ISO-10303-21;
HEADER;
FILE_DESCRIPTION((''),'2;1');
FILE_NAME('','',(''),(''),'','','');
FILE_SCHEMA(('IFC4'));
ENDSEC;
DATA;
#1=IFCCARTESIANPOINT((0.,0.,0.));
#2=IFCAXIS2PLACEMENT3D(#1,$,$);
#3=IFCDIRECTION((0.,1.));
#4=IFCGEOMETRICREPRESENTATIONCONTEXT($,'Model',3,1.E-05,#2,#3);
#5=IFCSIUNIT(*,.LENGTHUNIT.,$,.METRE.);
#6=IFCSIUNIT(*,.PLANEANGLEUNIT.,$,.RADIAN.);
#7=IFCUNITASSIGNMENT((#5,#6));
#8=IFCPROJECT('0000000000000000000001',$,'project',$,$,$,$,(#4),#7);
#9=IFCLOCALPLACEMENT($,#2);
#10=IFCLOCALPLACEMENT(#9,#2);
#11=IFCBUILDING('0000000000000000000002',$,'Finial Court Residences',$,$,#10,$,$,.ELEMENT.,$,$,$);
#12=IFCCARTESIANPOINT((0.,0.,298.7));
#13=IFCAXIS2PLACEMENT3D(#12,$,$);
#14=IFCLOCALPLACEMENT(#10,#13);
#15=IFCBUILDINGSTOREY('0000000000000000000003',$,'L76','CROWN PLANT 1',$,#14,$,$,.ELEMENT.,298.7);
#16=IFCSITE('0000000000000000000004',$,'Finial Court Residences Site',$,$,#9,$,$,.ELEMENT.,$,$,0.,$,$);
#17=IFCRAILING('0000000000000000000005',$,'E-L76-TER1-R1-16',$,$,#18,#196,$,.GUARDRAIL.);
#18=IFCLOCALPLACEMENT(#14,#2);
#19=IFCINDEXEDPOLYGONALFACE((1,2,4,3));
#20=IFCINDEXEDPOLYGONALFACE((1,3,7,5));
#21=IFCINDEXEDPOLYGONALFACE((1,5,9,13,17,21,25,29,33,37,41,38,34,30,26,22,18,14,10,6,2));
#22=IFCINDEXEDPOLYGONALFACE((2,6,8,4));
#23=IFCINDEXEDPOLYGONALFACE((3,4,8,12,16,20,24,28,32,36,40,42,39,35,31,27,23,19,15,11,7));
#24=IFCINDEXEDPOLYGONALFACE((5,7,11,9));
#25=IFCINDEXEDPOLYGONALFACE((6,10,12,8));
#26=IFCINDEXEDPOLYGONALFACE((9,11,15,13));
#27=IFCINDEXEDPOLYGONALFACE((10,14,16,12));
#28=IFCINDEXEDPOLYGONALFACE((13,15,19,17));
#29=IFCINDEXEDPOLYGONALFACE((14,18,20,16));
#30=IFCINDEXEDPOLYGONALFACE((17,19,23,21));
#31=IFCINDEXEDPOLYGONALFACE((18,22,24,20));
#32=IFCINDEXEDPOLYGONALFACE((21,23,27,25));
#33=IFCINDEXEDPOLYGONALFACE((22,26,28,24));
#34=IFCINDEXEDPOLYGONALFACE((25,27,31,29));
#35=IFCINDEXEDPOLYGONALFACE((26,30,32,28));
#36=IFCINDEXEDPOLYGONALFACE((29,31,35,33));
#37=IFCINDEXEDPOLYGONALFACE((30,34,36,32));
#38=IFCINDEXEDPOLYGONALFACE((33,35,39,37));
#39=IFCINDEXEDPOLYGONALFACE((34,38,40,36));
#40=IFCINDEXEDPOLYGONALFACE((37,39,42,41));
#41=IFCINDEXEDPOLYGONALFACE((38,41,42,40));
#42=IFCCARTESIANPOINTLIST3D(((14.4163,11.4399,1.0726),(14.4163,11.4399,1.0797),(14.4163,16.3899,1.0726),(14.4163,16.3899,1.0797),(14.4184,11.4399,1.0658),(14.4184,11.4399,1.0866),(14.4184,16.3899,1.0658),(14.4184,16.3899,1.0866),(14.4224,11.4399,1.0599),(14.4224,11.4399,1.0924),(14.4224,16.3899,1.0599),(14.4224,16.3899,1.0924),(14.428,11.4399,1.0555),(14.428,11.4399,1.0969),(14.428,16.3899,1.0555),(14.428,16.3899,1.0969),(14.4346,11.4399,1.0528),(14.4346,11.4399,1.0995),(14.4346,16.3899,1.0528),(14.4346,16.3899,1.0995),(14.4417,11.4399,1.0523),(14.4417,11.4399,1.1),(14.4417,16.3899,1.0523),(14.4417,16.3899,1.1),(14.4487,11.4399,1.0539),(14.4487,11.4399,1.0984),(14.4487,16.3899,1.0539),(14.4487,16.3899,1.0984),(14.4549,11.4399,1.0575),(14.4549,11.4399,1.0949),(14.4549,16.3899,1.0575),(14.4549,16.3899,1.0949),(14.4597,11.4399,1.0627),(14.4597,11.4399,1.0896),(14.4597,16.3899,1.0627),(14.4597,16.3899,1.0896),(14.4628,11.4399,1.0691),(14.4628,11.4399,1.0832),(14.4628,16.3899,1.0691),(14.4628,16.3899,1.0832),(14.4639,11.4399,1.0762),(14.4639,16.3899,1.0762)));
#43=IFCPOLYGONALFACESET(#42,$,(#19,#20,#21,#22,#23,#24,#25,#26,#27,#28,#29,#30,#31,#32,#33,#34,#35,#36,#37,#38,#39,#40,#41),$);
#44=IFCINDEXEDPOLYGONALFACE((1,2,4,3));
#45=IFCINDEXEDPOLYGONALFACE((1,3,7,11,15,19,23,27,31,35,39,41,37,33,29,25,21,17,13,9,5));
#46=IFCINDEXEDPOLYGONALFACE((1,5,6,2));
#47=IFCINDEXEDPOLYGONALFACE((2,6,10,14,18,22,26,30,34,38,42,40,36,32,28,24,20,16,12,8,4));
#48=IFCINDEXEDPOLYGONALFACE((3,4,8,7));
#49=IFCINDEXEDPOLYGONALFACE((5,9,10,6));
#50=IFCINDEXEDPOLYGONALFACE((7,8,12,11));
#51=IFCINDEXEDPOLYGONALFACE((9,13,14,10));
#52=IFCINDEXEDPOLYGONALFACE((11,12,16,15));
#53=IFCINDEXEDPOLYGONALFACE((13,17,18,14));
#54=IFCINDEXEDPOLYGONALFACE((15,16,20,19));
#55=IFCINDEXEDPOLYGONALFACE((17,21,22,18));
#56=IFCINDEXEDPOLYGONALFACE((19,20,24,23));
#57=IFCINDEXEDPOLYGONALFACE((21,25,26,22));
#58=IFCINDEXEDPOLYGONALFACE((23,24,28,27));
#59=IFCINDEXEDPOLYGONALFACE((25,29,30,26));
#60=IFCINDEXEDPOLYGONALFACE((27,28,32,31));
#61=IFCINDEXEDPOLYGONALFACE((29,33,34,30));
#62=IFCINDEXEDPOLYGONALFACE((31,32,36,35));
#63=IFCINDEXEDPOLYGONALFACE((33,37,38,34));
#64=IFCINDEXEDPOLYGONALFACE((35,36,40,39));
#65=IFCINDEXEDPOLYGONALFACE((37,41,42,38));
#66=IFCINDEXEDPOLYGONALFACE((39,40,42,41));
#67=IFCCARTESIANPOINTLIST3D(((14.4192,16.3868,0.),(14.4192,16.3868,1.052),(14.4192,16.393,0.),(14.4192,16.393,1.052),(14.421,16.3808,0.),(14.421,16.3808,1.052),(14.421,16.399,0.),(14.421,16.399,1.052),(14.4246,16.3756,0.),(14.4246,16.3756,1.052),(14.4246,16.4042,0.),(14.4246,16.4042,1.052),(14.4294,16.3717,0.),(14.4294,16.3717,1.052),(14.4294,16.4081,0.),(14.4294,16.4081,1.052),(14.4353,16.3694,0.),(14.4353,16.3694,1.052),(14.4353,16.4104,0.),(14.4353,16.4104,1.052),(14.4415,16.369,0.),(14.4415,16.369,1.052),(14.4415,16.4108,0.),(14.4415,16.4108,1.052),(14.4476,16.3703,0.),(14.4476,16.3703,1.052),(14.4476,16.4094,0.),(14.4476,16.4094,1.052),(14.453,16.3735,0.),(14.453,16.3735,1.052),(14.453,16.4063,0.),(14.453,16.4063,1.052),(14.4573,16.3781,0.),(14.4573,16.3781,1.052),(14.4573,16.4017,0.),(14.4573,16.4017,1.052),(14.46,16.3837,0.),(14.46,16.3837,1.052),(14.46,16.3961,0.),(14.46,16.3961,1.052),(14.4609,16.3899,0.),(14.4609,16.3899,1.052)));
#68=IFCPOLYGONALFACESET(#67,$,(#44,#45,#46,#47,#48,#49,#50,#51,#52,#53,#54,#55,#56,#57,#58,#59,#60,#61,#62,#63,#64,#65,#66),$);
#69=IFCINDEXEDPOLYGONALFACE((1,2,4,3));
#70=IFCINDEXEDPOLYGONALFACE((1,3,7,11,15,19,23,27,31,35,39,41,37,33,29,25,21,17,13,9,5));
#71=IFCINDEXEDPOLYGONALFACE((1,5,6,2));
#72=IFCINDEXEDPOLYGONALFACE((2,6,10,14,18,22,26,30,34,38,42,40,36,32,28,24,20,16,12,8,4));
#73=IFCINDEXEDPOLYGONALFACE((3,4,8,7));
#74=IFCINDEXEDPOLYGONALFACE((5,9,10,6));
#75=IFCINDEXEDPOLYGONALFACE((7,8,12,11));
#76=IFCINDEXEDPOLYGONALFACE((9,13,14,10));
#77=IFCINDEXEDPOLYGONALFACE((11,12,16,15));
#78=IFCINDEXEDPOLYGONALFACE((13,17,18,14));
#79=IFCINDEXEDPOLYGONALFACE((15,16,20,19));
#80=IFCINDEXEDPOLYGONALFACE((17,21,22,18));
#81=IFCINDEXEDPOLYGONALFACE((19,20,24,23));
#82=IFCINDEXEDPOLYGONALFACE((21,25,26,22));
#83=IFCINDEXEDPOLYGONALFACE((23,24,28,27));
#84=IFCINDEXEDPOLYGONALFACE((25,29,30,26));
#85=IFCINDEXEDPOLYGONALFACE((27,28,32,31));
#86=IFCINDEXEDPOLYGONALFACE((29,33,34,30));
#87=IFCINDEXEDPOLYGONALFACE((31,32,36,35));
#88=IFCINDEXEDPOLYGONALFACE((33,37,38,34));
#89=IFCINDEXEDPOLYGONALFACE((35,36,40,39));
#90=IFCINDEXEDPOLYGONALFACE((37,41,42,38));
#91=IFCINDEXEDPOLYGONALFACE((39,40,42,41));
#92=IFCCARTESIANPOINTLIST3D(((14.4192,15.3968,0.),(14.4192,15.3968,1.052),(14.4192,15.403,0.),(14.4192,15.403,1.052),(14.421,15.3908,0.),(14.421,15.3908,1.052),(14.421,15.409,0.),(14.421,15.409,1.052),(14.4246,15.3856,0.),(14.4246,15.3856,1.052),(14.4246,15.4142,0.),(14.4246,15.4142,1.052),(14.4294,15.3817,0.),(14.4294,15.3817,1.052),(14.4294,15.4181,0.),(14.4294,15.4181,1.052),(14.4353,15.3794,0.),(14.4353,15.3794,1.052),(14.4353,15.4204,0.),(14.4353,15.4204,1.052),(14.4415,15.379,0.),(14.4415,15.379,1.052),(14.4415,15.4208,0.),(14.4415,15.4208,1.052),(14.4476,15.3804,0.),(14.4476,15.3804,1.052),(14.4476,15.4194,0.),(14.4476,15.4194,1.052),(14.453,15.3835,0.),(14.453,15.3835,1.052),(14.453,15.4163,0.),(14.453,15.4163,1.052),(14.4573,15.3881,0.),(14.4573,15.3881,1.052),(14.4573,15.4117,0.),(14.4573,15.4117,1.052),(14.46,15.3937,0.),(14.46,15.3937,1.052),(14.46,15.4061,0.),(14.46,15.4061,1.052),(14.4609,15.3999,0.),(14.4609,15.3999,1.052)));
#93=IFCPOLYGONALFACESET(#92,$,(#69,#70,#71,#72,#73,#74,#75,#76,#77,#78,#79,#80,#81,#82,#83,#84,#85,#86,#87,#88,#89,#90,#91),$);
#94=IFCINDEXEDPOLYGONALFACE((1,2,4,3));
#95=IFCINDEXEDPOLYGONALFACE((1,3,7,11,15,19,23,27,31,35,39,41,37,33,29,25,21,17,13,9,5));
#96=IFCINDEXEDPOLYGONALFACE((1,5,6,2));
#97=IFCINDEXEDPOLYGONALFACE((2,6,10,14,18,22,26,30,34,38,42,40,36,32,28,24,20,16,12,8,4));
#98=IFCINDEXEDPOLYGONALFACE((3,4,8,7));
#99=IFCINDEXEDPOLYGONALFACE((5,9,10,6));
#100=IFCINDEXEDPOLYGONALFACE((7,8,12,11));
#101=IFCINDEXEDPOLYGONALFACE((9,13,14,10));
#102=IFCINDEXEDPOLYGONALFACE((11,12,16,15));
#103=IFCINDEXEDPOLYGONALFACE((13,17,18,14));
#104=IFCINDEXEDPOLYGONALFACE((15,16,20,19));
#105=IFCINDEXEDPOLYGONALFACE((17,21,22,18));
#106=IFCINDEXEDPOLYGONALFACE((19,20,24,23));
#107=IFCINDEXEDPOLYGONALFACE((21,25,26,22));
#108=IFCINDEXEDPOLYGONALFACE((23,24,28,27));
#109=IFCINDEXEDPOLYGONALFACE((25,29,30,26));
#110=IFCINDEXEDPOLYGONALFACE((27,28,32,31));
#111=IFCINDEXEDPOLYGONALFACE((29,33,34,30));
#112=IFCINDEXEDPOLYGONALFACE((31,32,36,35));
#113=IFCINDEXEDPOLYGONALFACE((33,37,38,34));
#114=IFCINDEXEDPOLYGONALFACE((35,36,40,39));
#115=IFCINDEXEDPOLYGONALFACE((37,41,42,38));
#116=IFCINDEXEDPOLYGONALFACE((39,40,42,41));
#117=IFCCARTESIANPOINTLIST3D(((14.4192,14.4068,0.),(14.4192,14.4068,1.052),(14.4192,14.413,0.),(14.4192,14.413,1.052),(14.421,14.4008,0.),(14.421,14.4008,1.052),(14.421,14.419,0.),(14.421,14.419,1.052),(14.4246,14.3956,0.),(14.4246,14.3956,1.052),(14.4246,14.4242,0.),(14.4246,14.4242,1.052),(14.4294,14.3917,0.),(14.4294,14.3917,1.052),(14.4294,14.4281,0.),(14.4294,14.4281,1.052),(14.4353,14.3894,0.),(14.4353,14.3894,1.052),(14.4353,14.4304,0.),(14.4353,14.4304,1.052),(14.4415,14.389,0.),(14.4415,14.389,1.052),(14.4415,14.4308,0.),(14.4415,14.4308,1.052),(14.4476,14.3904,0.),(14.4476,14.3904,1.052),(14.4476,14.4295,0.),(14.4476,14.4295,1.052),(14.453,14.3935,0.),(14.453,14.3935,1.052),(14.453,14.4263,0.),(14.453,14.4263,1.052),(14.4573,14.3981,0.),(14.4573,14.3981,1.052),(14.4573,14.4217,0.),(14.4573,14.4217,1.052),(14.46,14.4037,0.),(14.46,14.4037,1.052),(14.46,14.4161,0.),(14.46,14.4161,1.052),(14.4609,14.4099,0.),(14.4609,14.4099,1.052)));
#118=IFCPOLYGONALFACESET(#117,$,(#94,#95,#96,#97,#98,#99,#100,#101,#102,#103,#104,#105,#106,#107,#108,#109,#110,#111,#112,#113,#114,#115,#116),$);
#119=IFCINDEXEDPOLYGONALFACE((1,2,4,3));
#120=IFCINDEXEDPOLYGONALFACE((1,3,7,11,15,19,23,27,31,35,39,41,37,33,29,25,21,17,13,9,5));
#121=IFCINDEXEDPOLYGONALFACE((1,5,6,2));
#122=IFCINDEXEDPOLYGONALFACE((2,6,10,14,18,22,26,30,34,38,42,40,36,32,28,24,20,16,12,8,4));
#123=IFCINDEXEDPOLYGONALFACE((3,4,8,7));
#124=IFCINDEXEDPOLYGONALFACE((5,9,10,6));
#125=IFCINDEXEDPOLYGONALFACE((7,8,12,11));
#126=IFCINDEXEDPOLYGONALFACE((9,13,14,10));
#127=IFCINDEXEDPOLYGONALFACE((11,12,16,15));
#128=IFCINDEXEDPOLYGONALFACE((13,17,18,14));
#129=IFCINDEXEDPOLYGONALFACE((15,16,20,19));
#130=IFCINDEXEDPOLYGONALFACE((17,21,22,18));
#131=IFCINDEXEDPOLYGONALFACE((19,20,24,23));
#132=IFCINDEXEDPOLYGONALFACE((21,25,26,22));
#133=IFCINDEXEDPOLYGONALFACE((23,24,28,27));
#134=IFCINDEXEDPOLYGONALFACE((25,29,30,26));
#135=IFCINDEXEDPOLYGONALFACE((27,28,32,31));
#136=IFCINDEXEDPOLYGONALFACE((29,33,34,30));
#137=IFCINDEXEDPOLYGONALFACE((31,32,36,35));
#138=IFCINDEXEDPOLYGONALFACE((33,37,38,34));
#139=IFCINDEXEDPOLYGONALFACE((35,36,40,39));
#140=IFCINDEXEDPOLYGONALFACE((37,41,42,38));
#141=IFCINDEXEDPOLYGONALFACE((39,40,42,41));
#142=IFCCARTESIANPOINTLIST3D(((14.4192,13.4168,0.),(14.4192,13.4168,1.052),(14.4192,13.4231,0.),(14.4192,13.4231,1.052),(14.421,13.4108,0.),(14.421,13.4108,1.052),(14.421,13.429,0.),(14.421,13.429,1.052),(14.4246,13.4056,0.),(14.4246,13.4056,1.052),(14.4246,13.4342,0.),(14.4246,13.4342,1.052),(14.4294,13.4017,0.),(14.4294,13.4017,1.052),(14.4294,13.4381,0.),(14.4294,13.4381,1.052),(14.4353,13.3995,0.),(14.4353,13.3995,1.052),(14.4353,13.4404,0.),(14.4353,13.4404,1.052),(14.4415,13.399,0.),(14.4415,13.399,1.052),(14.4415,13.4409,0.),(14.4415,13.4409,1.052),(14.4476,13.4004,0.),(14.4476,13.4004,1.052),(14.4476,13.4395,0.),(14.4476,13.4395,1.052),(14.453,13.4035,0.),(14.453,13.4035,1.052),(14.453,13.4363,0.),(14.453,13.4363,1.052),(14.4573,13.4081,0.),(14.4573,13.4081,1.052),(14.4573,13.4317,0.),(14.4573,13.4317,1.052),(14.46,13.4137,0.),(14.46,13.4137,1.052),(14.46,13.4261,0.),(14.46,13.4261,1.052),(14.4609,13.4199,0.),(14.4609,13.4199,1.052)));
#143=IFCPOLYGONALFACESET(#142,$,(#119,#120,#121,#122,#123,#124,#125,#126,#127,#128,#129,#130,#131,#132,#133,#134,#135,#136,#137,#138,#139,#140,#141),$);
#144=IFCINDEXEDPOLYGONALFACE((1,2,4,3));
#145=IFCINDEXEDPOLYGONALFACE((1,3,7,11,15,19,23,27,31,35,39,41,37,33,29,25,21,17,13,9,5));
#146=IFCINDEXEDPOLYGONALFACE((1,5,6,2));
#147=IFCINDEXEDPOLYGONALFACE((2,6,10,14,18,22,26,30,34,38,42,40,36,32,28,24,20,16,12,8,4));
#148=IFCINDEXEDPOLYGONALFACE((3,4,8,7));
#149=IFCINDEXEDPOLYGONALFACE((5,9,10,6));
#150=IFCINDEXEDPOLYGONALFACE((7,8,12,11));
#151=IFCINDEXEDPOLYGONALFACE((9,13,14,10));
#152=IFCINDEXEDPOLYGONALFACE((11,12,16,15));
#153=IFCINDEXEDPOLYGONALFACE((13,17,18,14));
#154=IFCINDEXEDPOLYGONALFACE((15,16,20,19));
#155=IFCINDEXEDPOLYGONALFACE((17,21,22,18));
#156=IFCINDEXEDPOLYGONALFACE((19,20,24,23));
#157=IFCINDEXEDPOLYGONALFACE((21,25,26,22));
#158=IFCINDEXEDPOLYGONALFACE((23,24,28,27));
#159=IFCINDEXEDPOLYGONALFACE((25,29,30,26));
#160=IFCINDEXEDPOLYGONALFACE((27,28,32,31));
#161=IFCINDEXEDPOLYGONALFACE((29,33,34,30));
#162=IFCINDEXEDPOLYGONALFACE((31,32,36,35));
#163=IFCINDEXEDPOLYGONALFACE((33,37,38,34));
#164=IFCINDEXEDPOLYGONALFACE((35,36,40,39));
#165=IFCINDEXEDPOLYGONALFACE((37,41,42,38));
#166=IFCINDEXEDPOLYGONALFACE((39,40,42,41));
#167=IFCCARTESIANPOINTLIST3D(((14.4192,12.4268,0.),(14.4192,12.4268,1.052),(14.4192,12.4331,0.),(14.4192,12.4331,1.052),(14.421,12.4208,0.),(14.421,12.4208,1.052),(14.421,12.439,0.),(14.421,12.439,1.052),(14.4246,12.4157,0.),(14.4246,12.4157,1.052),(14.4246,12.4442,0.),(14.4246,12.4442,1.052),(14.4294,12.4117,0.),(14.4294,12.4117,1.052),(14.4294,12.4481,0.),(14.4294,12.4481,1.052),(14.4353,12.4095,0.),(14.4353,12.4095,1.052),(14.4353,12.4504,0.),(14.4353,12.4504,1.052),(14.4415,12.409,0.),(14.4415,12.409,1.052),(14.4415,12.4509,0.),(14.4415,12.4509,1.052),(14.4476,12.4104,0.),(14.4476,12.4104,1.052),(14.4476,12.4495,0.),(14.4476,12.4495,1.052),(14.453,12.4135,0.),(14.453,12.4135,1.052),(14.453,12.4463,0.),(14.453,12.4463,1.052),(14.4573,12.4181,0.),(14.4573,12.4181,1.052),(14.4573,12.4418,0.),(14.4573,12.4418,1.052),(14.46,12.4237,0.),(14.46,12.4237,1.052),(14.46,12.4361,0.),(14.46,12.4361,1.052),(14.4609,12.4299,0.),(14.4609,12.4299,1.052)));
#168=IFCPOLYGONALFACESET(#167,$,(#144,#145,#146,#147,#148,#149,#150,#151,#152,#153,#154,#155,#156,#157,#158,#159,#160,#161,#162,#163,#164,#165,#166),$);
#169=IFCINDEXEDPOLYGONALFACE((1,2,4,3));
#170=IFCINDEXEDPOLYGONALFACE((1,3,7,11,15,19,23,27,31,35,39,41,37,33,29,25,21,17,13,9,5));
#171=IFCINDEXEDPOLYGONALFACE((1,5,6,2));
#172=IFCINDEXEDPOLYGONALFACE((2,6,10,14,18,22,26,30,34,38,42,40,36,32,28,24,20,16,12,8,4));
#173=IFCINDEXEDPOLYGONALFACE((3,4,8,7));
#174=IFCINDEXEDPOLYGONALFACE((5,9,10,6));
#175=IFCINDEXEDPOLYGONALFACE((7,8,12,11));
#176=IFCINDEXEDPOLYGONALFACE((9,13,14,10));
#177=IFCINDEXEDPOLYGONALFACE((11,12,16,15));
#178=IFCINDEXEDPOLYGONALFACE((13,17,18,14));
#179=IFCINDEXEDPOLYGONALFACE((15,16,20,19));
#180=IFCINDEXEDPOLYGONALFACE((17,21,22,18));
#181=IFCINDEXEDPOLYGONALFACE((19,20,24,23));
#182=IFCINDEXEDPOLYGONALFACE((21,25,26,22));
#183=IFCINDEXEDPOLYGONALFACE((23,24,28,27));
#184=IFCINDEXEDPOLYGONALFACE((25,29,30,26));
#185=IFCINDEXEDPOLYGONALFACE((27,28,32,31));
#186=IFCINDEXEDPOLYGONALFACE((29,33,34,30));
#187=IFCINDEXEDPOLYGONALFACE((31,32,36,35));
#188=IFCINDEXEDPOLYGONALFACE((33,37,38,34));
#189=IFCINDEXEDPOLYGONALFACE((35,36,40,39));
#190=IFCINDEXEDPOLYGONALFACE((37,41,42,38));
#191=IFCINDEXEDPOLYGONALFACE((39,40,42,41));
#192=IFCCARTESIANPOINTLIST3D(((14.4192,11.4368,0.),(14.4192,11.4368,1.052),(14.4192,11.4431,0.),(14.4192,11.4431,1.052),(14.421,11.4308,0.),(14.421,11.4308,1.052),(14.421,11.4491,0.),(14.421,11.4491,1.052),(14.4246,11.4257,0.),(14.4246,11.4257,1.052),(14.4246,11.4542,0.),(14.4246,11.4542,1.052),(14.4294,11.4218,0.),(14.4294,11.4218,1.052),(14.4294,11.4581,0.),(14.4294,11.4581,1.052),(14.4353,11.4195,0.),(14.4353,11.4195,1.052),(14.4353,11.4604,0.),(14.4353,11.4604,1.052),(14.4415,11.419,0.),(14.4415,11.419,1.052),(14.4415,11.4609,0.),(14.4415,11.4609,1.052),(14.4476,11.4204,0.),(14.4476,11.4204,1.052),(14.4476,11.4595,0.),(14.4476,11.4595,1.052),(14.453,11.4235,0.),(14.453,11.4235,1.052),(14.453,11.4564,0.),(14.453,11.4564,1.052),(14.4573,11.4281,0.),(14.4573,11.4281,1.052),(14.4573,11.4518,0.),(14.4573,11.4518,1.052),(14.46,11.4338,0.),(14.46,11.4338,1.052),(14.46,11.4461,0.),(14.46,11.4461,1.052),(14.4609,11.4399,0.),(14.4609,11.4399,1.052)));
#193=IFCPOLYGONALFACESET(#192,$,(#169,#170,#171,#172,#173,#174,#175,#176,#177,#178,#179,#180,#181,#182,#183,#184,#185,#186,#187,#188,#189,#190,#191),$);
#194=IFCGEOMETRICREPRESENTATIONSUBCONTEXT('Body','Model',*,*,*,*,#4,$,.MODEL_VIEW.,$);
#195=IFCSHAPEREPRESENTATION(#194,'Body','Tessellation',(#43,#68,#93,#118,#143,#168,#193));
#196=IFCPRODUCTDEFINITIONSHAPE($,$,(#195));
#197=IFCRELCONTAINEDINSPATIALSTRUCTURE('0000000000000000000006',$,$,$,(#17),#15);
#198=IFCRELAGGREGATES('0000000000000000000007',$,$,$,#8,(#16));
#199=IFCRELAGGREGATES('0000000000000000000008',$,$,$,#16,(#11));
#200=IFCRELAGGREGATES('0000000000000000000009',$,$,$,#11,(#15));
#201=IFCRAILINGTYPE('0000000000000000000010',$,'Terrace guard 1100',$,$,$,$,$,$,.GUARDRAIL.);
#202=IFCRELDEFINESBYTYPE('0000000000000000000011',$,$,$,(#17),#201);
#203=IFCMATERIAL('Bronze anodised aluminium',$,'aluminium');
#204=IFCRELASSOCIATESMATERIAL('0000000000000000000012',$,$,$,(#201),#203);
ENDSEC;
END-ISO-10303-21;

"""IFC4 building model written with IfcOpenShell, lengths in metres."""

from ifc_helpers import new_model, si_unit, direction, frame, origin, origin_2d, place, context, subcontext, project, spatial, circle, extrude, material, type_object, element, save


model = new_model("IFC4")

# Units and contexts
model_context = context("Model", 3, precision=1e-05, world=origin(), true_north=direction((0.0, 1.0)))
body_context = subcontext(model_context, "Body", "Model", "MODEL_VIEW")
ifc_project = project(units=[si_unit("LENGTHUNIT", "METRE"), si_unit("PLANEANGLEUNIT", "RADIAN")], contexts=[model_context])

# Site, building, storey
site_placement = place(None, origin())
site = spatial("IfcSite", under=ifc_project, at=site_placement, Name="Finial Court Residences Site", CompositionType="ELEMENT", RefElevation=0.0)
building_placement = place(site_placement, origin())
building = spatial("IfcBuilding", under=site, at=building_placement, Name="Finial Court Residences", CompositionType="ELEMENT")
storey_placement = place(building_placement, frame((0.0, 0.0, 298.7)))
storey = spatial("IfcBuildingStorey", under=building, at=storey_placement, Name="L76", Description="CROWN PLANT 1", CompositionType="ELEMENT", Elevation=298.7)

# Shared definitions
ifc_material_1 = material(Name="Bronze anodised aluminium", Category="aluminium")

# Railing
railing_type = type_object("IfcRailingType", Name="Terrace guard 1100", PredefinedType="GUARDRAIL", material=ifc_material_1)
railing_1_placement = place(storey_placement, frame((14.4399, 16.3899, 0.0)))
element("IfcRailing", 1, at=railing_1_placement, inside=storey, type_object=railing_type, Name="E-L76-TER1-R1-16", PredefinedType="GUARDRAIL", context=body_context, shape_type="SweptSolid", body=[
    extrude(circle(Radius=0.0239, at=origin_2d()), frame((0.0, 0.0, 1.0762), z_axis=(0.0, -1.0, 0.0), x_axis=(1.0, 0.0, 0.0)), (0.0, 0.0, 1.0), 4.95),
    extrude(circle(Radius=0.021, at=origin_2d()), origin(), (0.0, 0.0, 1.0), 1.052),
    extrude(circle(Radius=0.021, at=origin_2d()), frame((0.0, -0.99, 0.0)), (0.0, 0.0, 1.0), 1.052),
    extrude(circle(Radius=0.021, at=origin_2d()), frame((0.0, -1.98, 0.0)), (0.0, 0.0, 1.0), 1.052),
    extrude(circle(Radius=0.021, at=origin_2d()), frame((0.0, -2.97, 0.0)), (0.0, 0.0, 1.0), 1.052),
    extrude(circle(Radius=0.021, at=origin_2d()), frame((0.0, -3.96, 0.0)), (0.0, 0.0, 1.0), 1.052),
    extrude(circle(Radius=0.021, at=origin_2d()), frame((0.0, -4.95, 0.0)), (0.0, 0.0, 1.0), 1.052),
])

save(model, "model.ifc")
